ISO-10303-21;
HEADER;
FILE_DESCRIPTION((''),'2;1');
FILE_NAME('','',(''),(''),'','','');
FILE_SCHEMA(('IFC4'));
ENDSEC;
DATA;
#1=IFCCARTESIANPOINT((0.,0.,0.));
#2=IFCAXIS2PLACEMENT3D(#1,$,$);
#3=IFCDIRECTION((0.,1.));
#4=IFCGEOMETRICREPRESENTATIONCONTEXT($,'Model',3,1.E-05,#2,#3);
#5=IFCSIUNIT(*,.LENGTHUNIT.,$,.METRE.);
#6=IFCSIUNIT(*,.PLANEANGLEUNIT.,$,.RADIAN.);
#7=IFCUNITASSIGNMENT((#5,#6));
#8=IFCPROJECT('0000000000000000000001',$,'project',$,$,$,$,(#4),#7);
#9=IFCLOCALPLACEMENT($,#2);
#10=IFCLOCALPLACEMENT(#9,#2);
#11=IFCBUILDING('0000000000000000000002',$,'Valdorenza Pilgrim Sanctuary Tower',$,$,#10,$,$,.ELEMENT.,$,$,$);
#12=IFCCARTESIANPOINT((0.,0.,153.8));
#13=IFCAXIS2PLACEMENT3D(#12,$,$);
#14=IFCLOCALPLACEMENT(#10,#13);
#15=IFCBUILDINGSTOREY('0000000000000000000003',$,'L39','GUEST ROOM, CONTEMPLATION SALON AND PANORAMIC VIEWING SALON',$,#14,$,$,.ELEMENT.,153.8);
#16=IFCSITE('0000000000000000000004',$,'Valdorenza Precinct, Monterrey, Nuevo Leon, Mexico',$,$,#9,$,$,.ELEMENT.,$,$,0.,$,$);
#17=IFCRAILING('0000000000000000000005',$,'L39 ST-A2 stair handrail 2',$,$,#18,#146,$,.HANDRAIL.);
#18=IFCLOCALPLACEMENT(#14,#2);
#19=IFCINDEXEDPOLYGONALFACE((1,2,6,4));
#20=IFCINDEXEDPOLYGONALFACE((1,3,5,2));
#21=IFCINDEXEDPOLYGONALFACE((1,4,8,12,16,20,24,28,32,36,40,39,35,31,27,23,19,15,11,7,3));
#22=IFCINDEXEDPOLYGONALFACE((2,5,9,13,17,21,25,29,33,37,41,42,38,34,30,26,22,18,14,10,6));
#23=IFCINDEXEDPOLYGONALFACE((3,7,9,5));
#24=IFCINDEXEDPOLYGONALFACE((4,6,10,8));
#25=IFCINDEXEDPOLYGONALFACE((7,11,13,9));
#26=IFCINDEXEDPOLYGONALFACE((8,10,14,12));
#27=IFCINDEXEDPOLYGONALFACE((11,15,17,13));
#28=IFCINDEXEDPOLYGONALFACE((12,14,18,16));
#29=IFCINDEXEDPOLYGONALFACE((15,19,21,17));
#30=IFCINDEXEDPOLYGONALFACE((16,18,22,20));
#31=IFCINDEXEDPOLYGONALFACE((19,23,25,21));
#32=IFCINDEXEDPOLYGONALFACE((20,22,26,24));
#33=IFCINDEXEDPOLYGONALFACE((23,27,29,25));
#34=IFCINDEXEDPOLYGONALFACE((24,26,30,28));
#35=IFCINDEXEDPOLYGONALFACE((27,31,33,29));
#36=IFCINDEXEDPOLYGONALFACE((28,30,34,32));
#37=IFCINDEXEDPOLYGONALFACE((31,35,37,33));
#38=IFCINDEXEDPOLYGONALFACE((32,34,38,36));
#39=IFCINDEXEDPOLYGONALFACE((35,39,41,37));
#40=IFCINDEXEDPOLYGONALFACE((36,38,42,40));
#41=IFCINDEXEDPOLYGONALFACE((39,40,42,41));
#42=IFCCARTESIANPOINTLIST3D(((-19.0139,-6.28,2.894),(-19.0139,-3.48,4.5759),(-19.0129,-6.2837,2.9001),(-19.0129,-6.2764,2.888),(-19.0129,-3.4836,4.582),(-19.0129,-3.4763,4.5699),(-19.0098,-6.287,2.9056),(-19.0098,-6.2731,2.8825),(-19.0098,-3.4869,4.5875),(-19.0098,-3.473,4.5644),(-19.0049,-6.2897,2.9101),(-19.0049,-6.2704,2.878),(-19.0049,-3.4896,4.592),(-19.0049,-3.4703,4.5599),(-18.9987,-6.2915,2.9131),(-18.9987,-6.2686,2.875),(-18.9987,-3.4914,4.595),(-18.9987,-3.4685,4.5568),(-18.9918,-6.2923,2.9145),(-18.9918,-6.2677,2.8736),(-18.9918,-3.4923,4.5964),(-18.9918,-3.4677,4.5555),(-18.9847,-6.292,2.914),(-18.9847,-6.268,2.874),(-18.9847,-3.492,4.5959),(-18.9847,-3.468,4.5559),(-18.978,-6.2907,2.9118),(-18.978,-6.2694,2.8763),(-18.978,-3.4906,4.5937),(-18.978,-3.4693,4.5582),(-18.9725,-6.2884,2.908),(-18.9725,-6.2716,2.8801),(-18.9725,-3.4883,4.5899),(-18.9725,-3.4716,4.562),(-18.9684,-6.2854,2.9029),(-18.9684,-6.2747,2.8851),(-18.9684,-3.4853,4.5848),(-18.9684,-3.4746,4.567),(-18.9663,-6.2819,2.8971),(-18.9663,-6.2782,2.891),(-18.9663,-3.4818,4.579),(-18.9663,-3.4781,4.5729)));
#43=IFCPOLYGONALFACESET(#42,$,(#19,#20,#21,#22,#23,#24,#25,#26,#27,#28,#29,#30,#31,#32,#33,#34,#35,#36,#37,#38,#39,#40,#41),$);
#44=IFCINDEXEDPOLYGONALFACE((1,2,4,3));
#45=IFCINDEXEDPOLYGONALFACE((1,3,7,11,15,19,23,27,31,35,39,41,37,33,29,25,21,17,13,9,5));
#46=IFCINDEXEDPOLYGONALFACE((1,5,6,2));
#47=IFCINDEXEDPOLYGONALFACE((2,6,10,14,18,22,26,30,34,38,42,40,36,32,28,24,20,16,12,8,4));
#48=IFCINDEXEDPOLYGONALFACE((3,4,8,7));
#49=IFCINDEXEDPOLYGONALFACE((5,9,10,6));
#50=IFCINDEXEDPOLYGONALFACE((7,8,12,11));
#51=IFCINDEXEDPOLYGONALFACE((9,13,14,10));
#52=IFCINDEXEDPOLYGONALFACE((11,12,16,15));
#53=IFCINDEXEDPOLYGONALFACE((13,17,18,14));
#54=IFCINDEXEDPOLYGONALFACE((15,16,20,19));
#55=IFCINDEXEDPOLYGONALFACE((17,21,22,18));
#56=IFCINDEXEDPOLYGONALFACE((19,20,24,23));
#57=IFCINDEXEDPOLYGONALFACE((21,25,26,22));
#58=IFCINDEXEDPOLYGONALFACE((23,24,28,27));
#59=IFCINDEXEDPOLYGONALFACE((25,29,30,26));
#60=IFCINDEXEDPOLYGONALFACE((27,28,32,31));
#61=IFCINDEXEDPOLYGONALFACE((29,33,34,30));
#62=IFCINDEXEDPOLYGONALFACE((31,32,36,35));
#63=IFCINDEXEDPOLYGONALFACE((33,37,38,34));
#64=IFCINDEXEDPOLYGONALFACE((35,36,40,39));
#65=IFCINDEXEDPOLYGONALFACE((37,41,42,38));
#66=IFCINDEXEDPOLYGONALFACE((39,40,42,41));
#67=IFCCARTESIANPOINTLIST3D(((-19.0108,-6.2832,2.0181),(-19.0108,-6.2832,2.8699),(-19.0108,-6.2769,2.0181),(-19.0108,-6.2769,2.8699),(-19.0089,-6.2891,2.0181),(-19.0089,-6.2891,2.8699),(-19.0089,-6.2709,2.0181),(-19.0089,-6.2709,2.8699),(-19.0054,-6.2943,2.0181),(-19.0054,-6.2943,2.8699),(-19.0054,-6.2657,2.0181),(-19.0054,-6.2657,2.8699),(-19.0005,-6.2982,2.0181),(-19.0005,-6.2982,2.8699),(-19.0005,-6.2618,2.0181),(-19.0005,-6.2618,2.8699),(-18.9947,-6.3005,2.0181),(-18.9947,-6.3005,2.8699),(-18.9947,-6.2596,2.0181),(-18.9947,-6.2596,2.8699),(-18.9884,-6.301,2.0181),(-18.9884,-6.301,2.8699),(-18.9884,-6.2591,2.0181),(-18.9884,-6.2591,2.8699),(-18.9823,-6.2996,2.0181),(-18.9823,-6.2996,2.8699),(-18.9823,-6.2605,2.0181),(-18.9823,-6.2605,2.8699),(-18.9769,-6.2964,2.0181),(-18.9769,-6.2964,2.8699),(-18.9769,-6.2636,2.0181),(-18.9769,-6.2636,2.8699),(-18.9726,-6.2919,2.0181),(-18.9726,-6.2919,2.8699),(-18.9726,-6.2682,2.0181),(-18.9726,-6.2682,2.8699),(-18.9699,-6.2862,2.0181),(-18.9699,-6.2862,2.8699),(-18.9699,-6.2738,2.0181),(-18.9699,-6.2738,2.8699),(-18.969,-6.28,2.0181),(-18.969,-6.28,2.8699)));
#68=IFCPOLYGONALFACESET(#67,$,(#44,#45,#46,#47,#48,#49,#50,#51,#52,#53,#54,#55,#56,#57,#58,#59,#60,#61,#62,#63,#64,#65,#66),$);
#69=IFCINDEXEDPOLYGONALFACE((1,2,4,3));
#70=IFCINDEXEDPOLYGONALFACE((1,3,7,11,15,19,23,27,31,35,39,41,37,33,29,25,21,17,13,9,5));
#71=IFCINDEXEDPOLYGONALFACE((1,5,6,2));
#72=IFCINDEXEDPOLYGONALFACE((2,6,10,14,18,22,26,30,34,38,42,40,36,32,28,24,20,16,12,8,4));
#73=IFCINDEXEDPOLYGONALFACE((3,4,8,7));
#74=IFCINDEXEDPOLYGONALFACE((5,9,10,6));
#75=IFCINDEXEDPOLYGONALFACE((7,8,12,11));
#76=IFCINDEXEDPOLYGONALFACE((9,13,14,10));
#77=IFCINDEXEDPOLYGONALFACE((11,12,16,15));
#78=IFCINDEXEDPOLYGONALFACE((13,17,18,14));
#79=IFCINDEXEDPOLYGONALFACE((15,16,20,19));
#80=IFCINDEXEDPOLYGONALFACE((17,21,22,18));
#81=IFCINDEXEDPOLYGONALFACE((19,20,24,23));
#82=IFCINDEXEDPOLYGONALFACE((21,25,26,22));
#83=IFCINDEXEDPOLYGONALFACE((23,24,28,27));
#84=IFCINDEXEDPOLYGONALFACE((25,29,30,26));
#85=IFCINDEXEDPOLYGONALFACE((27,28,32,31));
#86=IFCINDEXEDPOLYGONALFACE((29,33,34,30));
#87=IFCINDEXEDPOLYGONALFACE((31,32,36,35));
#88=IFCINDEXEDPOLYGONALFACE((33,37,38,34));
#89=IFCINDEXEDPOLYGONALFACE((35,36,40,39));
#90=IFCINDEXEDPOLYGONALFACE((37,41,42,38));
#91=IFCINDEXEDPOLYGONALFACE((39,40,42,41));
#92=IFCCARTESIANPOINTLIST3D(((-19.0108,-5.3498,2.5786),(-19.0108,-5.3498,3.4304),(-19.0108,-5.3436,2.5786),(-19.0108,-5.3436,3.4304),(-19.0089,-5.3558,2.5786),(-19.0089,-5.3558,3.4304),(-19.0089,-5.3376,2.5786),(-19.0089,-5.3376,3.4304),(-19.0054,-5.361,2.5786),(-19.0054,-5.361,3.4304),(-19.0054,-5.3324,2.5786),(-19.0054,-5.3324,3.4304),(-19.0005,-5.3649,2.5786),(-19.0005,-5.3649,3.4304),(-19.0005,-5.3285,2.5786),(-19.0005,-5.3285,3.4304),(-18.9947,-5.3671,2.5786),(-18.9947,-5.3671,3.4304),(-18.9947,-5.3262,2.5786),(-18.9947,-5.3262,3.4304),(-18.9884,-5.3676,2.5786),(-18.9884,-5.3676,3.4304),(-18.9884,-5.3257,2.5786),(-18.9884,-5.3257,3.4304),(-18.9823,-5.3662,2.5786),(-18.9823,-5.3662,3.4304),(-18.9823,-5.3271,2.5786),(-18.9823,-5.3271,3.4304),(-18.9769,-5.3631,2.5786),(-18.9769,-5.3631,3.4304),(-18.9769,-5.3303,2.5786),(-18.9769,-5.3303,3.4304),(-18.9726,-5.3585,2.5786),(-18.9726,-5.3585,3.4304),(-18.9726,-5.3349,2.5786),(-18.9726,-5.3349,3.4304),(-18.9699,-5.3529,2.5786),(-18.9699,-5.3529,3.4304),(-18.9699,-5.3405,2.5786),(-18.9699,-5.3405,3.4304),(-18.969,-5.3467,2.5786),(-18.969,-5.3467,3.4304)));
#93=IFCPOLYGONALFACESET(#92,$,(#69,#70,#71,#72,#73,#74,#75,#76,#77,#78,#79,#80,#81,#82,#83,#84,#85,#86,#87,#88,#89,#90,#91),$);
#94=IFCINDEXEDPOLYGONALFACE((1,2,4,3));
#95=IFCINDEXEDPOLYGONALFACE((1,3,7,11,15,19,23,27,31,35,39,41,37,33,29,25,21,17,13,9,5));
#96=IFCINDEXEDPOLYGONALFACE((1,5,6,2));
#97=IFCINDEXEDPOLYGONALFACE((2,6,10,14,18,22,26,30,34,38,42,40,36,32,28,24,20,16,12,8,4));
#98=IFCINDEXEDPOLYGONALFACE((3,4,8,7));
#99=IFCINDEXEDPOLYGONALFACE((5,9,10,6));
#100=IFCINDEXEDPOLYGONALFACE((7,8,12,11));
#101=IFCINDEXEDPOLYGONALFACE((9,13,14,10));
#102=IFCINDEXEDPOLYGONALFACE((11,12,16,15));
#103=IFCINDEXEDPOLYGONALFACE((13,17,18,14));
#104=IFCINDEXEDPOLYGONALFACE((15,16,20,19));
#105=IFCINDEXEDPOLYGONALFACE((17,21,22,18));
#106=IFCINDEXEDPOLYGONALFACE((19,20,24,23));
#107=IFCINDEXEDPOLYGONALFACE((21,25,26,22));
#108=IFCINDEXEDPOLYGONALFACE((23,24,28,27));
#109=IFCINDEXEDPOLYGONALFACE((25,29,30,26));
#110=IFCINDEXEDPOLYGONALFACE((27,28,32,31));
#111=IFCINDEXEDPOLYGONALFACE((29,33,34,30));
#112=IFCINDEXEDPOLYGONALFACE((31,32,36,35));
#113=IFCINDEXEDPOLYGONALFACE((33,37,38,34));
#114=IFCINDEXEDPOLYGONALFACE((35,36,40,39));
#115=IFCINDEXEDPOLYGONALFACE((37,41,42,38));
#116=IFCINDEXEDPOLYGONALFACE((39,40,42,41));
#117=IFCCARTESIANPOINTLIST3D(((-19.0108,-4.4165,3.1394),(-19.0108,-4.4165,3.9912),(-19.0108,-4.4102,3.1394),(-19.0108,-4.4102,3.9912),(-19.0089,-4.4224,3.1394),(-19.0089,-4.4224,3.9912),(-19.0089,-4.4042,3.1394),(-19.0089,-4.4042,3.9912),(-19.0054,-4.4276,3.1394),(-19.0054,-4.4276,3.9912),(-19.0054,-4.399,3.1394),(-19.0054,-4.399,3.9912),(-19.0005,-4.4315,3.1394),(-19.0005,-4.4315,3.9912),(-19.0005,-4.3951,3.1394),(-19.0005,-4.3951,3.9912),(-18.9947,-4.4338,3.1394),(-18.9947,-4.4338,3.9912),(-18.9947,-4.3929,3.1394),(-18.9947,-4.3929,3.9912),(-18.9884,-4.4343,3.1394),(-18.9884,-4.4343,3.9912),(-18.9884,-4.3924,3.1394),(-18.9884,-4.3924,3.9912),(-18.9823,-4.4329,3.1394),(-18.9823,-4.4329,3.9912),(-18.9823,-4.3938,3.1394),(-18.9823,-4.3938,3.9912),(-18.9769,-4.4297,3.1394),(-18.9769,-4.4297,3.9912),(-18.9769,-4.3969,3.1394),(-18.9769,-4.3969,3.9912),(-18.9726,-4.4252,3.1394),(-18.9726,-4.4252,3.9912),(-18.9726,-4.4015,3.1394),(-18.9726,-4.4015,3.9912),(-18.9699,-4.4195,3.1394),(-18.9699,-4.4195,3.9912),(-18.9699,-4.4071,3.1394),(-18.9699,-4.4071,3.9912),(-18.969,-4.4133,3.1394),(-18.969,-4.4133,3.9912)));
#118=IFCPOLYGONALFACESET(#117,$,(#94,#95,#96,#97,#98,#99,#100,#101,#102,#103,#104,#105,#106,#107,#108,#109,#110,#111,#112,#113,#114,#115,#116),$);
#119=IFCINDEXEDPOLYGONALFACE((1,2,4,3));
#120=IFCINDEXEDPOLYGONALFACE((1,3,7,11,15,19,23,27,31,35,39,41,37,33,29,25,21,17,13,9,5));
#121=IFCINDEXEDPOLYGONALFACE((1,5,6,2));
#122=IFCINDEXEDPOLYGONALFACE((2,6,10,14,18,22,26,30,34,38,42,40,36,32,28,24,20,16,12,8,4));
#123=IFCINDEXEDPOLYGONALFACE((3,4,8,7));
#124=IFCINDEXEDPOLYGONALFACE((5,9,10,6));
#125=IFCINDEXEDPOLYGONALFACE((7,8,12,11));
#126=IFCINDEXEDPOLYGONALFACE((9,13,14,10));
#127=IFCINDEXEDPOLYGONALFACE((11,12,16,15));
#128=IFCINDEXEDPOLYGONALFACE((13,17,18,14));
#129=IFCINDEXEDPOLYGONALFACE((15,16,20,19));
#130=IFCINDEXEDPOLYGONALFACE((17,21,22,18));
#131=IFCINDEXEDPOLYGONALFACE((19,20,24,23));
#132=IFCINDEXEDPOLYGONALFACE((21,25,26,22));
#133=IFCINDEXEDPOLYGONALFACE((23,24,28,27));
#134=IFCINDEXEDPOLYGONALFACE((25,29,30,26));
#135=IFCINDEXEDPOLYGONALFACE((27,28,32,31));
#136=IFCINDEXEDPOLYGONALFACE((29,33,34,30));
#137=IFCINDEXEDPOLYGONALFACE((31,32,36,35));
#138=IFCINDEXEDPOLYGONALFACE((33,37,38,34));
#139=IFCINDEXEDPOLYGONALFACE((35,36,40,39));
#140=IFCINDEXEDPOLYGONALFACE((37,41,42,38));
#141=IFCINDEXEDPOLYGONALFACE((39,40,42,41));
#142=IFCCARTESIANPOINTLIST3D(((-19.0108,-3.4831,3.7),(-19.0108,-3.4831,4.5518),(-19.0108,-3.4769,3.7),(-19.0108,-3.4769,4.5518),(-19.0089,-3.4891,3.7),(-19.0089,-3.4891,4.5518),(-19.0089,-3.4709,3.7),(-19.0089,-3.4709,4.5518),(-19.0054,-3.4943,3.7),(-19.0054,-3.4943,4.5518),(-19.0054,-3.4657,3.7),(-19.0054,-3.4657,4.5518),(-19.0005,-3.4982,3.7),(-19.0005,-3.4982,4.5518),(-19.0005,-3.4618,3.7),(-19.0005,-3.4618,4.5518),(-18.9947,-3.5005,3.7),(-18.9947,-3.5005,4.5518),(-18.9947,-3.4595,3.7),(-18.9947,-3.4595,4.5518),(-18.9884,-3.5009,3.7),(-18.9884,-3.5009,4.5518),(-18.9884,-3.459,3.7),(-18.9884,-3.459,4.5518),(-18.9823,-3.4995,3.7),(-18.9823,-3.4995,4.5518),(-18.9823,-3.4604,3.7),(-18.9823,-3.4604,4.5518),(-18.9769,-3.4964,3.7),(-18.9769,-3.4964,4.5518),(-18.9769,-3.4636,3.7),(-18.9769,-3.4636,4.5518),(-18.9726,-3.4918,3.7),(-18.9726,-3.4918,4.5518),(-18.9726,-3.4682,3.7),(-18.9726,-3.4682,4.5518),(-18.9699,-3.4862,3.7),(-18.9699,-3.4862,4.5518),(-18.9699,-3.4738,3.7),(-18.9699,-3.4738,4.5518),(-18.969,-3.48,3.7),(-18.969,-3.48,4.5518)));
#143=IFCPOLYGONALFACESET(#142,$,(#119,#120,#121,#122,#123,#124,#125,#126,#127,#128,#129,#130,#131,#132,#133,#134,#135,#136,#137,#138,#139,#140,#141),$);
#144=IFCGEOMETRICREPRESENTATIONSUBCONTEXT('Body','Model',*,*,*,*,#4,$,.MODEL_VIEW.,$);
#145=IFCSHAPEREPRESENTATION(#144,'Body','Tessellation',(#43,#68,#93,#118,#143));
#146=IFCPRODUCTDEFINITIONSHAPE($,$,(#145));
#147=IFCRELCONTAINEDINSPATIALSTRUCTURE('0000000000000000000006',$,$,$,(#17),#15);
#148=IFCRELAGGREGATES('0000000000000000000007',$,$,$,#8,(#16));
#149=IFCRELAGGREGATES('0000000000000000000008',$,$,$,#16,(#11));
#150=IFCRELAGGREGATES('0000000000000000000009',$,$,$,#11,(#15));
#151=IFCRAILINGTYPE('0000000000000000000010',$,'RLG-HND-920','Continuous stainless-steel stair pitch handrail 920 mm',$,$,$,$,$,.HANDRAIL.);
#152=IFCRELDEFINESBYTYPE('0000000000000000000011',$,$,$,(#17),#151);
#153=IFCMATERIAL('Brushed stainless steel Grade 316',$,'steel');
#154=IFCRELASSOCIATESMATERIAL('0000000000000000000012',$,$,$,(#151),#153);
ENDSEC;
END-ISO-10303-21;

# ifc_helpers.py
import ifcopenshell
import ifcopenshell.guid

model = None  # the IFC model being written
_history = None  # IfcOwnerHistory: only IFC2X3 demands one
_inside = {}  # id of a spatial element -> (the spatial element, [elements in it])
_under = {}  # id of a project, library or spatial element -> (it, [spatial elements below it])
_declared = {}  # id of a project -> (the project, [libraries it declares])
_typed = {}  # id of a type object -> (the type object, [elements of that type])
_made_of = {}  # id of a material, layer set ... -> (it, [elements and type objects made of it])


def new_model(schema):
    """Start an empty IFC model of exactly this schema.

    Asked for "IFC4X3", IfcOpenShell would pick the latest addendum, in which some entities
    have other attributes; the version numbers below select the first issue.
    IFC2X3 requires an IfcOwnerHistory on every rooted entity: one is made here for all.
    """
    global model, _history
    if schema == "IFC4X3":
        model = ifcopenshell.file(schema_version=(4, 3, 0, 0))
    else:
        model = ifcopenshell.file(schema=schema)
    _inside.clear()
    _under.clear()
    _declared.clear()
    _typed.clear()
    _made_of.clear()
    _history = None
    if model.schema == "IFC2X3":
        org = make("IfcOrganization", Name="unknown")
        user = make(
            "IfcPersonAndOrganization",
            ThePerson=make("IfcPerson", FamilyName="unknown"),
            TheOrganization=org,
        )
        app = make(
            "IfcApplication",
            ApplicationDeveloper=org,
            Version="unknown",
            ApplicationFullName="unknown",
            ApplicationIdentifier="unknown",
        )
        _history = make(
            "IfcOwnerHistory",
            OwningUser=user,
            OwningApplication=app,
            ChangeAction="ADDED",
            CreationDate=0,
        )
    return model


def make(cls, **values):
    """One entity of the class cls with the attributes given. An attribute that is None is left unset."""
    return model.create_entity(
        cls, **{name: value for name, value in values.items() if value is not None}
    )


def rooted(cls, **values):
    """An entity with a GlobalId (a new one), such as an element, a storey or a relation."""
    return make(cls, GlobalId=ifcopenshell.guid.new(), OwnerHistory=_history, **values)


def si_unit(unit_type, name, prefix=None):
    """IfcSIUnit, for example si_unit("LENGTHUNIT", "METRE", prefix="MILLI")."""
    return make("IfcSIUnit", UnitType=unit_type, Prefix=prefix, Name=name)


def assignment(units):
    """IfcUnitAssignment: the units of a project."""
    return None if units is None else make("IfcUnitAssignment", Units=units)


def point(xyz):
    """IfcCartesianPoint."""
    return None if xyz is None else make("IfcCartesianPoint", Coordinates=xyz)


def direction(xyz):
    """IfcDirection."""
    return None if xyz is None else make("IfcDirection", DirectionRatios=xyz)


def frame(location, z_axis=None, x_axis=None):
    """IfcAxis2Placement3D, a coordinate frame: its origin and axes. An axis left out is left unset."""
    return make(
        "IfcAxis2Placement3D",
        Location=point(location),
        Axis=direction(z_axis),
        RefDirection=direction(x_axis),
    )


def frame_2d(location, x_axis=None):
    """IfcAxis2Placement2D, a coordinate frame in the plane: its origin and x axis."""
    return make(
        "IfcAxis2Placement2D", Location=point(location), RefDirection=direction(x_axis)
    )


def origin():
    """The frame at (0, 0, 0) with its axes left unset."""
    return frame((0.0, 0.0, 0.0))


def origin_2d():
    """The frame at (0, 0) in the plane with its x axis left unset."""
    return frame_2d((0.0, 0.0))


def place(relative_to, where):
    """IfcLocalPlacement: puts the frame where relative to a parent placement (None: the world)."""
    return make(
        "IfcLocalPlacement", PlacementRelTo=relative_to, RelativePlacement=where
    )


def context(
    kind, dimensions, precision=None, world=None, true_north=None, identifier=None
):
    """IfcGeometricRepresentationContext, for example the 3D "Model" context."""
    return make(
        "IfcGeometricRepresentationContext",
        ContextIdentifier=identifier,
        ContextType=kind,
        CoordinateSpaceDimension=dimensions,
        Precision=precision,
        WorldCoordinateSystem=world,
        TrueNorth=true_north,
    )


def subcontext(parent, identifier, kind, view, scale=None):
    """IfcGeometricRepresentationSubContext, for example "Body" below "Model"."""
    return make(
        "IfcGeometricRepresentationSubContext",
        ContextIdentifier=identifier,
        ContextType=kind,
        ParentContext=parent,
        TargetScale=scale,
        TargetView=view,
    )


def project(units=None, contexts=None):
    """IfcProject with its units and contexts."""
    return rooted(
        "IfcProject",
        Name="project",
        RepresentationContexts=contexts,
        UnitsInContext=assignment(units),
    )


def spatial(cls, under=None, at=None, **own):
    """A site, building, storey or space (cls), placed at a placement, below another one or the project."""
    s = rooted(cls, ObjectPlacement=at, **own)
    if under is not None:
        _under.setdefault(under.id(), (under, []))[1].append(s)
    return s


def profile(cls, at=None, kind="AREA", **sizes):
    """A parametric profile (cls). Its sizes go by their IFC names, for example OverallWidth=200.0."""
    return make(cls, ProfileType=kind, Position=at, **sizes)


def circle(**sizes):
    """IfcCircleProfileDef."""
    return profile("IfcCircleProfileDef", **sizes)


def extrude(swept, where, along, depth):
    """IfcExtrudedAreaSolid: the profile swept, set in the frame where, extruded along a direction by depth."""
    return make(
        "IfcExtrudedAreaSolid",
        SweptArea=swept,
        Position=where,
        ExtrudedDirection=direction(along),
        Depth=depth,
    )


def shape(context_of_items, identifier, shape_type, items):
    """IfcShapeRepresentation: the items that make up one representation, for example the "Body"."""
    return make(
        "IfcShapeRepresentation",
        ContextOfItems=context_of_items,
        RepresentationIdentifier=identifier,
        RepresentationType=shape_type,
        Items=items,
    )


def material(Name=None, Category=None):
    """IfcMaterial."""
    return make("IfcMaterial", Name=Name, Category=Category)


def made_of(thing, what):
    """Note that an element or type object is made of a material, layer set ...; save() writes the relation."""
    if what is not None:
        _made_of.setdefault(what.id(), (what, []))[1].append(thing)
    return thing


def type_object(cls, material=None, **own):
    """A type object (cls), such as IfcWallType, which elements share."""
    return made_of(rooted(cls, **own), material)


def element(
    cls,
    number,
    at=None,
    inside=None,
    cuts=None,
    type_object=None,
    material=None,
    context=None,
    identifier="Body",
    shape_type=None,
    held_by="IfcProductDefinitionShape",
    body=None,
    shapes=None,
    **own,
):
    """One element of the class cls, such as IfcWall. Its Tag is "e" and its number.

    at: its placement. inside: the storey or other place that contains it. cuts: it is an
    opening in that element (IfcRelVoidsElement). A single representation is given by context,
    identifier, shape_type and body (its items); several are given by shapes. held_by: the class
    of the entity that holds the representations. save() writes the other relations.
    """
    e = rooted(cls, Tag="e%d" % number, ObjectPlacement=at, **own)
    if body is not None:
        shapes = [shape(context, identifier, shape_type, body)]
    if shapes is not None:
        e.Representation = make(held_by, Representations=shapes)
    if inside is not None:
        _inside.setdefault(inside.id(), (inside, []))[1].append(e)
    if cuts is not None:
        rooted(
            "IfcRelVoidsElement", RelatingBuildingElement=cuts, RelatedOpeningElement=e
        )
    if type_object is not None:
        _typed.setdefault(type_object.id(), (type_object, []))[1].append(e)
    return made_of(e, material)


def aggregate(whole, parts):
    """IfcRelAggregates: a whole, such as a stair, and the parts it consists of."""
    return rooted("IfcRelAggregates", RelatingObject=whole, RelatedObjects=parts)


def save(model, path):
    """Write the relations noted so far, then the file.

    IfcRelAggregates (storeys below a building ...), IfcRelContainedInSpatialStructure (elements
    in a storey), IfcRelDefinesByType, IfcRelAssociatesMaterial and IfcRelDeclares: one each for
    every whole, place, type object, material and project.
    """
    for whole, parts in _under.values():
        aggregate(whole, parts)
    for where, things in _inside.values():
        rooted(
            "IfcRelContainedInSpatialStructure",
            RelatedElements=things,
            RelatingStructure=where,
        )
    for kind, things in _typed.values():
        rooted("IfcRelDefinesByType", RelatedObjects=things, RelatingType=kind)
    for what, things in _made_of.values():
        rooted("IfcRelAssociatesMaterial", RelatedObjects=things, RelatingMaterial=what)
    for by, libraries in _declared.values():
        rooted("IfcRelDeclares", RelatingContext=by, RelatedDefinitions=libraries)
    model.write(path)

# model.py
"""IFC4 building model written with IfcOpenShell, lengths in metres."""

from ifc_helpers import new_model, si_unit, direction, frame, origin, origin_2d, place, context, subcontext, project, spatial, circle, extrude, material, type_object, element, save


model = new_model("IFC4")

# Units and contexts
model_context = context("Model", 3, precision=1e-05, world=origin(), true_north=direction((0.0, 1.0)))
body_context = subcontext(model_context, "Body", "Model", "MODEL_VIEW")
ifc_project = project(units=[si_unit("LENGTHUNIT", "METRE"), si_unit("PLANEANGLEUNIT", "RADIAN")], contexts=[model_context])

# Site, building, storey
site_placement = place(None, origin())
site = spatial("IfcSite", under=ifc_project, at=site_placement, Name="Valdorenza Precinct, Monterrey, Nuevo Leon, Mexico", CompositionType="ELEMENT", RefElevation=0.0)
building_placement = place(site_placement, origin())
building = spatial("IfcBuilding", under=site, at=building_placement, Name="Valdorenza Pilgrim Sanctuary Tower", CompositionType="ELEMENT")
storey_placement = place(building_placement, frame((0.0, 0.0, 153.8)))
storey = spatial("IfcBuildingStorey", under=building, at=storey_placement, Name="L39", Description="GUEST ROOM, CONTEMPLATION SALON AND PANORAMIC VIEWING SALON", CompositionType="ELEMENT", Elevation=153.8)

# Shared definitions
ifc_material_1 = material(Name="Brushed stainless steel Grade 316", Category="steel")

# Railing
railing_type_1 = type_object("IfcRailingType", Name="RLG-HND-920", Description="Continuous stainless-steel stair pitch handrail 920 mm", PredefinedType="HANDRAIL", material=ifc_material_1)
railing_1_placement = place(storey_placement, frame((-18.99, -6.28, 2.0181)))
element("IfcRailing", 1, at=railing_1_placement, inside=storey, type_object=railing_type_1, Name="L39 ST-A2 stair handrail 2", PredefinedType="HANDRAIL", context=body_context, shape_type="SweptSolid", body=[
    extrude(circle(Radius=0.0239, at=origin_2d()), frame((0.0, 0.0, 0.876), z_axis=(0.0, 0.857242, 0.514913), x_axis=(-1.0, 0.0, 0.0)), (0.0, 0.0, 1.0), 3.2664),
    extrude(circle(Radius=0.021, at=origin_2d()), origin(), (0.0, 0.0, 1.0), 0.8518),
    extrude(circle(Radius=0.021, at=origin_2d()), frame((0.0, 0.9333, 0.5605)), (0.0, 0.0, 1.0), 0.8518),
    extrude(circle(Radius=0.021, at=origin_2d()), frame((0.0, 1.8667, 1.1213)), (0.0, 0.0, 1.0), 0.8518),
    extrude(circle(Radius=0.021, at=origin_2d()), frame((0.0, 2.8, 1.6819)), (0.0, 0.0, 1.0), 0.8518),
])

save(model, "model.ifc")
